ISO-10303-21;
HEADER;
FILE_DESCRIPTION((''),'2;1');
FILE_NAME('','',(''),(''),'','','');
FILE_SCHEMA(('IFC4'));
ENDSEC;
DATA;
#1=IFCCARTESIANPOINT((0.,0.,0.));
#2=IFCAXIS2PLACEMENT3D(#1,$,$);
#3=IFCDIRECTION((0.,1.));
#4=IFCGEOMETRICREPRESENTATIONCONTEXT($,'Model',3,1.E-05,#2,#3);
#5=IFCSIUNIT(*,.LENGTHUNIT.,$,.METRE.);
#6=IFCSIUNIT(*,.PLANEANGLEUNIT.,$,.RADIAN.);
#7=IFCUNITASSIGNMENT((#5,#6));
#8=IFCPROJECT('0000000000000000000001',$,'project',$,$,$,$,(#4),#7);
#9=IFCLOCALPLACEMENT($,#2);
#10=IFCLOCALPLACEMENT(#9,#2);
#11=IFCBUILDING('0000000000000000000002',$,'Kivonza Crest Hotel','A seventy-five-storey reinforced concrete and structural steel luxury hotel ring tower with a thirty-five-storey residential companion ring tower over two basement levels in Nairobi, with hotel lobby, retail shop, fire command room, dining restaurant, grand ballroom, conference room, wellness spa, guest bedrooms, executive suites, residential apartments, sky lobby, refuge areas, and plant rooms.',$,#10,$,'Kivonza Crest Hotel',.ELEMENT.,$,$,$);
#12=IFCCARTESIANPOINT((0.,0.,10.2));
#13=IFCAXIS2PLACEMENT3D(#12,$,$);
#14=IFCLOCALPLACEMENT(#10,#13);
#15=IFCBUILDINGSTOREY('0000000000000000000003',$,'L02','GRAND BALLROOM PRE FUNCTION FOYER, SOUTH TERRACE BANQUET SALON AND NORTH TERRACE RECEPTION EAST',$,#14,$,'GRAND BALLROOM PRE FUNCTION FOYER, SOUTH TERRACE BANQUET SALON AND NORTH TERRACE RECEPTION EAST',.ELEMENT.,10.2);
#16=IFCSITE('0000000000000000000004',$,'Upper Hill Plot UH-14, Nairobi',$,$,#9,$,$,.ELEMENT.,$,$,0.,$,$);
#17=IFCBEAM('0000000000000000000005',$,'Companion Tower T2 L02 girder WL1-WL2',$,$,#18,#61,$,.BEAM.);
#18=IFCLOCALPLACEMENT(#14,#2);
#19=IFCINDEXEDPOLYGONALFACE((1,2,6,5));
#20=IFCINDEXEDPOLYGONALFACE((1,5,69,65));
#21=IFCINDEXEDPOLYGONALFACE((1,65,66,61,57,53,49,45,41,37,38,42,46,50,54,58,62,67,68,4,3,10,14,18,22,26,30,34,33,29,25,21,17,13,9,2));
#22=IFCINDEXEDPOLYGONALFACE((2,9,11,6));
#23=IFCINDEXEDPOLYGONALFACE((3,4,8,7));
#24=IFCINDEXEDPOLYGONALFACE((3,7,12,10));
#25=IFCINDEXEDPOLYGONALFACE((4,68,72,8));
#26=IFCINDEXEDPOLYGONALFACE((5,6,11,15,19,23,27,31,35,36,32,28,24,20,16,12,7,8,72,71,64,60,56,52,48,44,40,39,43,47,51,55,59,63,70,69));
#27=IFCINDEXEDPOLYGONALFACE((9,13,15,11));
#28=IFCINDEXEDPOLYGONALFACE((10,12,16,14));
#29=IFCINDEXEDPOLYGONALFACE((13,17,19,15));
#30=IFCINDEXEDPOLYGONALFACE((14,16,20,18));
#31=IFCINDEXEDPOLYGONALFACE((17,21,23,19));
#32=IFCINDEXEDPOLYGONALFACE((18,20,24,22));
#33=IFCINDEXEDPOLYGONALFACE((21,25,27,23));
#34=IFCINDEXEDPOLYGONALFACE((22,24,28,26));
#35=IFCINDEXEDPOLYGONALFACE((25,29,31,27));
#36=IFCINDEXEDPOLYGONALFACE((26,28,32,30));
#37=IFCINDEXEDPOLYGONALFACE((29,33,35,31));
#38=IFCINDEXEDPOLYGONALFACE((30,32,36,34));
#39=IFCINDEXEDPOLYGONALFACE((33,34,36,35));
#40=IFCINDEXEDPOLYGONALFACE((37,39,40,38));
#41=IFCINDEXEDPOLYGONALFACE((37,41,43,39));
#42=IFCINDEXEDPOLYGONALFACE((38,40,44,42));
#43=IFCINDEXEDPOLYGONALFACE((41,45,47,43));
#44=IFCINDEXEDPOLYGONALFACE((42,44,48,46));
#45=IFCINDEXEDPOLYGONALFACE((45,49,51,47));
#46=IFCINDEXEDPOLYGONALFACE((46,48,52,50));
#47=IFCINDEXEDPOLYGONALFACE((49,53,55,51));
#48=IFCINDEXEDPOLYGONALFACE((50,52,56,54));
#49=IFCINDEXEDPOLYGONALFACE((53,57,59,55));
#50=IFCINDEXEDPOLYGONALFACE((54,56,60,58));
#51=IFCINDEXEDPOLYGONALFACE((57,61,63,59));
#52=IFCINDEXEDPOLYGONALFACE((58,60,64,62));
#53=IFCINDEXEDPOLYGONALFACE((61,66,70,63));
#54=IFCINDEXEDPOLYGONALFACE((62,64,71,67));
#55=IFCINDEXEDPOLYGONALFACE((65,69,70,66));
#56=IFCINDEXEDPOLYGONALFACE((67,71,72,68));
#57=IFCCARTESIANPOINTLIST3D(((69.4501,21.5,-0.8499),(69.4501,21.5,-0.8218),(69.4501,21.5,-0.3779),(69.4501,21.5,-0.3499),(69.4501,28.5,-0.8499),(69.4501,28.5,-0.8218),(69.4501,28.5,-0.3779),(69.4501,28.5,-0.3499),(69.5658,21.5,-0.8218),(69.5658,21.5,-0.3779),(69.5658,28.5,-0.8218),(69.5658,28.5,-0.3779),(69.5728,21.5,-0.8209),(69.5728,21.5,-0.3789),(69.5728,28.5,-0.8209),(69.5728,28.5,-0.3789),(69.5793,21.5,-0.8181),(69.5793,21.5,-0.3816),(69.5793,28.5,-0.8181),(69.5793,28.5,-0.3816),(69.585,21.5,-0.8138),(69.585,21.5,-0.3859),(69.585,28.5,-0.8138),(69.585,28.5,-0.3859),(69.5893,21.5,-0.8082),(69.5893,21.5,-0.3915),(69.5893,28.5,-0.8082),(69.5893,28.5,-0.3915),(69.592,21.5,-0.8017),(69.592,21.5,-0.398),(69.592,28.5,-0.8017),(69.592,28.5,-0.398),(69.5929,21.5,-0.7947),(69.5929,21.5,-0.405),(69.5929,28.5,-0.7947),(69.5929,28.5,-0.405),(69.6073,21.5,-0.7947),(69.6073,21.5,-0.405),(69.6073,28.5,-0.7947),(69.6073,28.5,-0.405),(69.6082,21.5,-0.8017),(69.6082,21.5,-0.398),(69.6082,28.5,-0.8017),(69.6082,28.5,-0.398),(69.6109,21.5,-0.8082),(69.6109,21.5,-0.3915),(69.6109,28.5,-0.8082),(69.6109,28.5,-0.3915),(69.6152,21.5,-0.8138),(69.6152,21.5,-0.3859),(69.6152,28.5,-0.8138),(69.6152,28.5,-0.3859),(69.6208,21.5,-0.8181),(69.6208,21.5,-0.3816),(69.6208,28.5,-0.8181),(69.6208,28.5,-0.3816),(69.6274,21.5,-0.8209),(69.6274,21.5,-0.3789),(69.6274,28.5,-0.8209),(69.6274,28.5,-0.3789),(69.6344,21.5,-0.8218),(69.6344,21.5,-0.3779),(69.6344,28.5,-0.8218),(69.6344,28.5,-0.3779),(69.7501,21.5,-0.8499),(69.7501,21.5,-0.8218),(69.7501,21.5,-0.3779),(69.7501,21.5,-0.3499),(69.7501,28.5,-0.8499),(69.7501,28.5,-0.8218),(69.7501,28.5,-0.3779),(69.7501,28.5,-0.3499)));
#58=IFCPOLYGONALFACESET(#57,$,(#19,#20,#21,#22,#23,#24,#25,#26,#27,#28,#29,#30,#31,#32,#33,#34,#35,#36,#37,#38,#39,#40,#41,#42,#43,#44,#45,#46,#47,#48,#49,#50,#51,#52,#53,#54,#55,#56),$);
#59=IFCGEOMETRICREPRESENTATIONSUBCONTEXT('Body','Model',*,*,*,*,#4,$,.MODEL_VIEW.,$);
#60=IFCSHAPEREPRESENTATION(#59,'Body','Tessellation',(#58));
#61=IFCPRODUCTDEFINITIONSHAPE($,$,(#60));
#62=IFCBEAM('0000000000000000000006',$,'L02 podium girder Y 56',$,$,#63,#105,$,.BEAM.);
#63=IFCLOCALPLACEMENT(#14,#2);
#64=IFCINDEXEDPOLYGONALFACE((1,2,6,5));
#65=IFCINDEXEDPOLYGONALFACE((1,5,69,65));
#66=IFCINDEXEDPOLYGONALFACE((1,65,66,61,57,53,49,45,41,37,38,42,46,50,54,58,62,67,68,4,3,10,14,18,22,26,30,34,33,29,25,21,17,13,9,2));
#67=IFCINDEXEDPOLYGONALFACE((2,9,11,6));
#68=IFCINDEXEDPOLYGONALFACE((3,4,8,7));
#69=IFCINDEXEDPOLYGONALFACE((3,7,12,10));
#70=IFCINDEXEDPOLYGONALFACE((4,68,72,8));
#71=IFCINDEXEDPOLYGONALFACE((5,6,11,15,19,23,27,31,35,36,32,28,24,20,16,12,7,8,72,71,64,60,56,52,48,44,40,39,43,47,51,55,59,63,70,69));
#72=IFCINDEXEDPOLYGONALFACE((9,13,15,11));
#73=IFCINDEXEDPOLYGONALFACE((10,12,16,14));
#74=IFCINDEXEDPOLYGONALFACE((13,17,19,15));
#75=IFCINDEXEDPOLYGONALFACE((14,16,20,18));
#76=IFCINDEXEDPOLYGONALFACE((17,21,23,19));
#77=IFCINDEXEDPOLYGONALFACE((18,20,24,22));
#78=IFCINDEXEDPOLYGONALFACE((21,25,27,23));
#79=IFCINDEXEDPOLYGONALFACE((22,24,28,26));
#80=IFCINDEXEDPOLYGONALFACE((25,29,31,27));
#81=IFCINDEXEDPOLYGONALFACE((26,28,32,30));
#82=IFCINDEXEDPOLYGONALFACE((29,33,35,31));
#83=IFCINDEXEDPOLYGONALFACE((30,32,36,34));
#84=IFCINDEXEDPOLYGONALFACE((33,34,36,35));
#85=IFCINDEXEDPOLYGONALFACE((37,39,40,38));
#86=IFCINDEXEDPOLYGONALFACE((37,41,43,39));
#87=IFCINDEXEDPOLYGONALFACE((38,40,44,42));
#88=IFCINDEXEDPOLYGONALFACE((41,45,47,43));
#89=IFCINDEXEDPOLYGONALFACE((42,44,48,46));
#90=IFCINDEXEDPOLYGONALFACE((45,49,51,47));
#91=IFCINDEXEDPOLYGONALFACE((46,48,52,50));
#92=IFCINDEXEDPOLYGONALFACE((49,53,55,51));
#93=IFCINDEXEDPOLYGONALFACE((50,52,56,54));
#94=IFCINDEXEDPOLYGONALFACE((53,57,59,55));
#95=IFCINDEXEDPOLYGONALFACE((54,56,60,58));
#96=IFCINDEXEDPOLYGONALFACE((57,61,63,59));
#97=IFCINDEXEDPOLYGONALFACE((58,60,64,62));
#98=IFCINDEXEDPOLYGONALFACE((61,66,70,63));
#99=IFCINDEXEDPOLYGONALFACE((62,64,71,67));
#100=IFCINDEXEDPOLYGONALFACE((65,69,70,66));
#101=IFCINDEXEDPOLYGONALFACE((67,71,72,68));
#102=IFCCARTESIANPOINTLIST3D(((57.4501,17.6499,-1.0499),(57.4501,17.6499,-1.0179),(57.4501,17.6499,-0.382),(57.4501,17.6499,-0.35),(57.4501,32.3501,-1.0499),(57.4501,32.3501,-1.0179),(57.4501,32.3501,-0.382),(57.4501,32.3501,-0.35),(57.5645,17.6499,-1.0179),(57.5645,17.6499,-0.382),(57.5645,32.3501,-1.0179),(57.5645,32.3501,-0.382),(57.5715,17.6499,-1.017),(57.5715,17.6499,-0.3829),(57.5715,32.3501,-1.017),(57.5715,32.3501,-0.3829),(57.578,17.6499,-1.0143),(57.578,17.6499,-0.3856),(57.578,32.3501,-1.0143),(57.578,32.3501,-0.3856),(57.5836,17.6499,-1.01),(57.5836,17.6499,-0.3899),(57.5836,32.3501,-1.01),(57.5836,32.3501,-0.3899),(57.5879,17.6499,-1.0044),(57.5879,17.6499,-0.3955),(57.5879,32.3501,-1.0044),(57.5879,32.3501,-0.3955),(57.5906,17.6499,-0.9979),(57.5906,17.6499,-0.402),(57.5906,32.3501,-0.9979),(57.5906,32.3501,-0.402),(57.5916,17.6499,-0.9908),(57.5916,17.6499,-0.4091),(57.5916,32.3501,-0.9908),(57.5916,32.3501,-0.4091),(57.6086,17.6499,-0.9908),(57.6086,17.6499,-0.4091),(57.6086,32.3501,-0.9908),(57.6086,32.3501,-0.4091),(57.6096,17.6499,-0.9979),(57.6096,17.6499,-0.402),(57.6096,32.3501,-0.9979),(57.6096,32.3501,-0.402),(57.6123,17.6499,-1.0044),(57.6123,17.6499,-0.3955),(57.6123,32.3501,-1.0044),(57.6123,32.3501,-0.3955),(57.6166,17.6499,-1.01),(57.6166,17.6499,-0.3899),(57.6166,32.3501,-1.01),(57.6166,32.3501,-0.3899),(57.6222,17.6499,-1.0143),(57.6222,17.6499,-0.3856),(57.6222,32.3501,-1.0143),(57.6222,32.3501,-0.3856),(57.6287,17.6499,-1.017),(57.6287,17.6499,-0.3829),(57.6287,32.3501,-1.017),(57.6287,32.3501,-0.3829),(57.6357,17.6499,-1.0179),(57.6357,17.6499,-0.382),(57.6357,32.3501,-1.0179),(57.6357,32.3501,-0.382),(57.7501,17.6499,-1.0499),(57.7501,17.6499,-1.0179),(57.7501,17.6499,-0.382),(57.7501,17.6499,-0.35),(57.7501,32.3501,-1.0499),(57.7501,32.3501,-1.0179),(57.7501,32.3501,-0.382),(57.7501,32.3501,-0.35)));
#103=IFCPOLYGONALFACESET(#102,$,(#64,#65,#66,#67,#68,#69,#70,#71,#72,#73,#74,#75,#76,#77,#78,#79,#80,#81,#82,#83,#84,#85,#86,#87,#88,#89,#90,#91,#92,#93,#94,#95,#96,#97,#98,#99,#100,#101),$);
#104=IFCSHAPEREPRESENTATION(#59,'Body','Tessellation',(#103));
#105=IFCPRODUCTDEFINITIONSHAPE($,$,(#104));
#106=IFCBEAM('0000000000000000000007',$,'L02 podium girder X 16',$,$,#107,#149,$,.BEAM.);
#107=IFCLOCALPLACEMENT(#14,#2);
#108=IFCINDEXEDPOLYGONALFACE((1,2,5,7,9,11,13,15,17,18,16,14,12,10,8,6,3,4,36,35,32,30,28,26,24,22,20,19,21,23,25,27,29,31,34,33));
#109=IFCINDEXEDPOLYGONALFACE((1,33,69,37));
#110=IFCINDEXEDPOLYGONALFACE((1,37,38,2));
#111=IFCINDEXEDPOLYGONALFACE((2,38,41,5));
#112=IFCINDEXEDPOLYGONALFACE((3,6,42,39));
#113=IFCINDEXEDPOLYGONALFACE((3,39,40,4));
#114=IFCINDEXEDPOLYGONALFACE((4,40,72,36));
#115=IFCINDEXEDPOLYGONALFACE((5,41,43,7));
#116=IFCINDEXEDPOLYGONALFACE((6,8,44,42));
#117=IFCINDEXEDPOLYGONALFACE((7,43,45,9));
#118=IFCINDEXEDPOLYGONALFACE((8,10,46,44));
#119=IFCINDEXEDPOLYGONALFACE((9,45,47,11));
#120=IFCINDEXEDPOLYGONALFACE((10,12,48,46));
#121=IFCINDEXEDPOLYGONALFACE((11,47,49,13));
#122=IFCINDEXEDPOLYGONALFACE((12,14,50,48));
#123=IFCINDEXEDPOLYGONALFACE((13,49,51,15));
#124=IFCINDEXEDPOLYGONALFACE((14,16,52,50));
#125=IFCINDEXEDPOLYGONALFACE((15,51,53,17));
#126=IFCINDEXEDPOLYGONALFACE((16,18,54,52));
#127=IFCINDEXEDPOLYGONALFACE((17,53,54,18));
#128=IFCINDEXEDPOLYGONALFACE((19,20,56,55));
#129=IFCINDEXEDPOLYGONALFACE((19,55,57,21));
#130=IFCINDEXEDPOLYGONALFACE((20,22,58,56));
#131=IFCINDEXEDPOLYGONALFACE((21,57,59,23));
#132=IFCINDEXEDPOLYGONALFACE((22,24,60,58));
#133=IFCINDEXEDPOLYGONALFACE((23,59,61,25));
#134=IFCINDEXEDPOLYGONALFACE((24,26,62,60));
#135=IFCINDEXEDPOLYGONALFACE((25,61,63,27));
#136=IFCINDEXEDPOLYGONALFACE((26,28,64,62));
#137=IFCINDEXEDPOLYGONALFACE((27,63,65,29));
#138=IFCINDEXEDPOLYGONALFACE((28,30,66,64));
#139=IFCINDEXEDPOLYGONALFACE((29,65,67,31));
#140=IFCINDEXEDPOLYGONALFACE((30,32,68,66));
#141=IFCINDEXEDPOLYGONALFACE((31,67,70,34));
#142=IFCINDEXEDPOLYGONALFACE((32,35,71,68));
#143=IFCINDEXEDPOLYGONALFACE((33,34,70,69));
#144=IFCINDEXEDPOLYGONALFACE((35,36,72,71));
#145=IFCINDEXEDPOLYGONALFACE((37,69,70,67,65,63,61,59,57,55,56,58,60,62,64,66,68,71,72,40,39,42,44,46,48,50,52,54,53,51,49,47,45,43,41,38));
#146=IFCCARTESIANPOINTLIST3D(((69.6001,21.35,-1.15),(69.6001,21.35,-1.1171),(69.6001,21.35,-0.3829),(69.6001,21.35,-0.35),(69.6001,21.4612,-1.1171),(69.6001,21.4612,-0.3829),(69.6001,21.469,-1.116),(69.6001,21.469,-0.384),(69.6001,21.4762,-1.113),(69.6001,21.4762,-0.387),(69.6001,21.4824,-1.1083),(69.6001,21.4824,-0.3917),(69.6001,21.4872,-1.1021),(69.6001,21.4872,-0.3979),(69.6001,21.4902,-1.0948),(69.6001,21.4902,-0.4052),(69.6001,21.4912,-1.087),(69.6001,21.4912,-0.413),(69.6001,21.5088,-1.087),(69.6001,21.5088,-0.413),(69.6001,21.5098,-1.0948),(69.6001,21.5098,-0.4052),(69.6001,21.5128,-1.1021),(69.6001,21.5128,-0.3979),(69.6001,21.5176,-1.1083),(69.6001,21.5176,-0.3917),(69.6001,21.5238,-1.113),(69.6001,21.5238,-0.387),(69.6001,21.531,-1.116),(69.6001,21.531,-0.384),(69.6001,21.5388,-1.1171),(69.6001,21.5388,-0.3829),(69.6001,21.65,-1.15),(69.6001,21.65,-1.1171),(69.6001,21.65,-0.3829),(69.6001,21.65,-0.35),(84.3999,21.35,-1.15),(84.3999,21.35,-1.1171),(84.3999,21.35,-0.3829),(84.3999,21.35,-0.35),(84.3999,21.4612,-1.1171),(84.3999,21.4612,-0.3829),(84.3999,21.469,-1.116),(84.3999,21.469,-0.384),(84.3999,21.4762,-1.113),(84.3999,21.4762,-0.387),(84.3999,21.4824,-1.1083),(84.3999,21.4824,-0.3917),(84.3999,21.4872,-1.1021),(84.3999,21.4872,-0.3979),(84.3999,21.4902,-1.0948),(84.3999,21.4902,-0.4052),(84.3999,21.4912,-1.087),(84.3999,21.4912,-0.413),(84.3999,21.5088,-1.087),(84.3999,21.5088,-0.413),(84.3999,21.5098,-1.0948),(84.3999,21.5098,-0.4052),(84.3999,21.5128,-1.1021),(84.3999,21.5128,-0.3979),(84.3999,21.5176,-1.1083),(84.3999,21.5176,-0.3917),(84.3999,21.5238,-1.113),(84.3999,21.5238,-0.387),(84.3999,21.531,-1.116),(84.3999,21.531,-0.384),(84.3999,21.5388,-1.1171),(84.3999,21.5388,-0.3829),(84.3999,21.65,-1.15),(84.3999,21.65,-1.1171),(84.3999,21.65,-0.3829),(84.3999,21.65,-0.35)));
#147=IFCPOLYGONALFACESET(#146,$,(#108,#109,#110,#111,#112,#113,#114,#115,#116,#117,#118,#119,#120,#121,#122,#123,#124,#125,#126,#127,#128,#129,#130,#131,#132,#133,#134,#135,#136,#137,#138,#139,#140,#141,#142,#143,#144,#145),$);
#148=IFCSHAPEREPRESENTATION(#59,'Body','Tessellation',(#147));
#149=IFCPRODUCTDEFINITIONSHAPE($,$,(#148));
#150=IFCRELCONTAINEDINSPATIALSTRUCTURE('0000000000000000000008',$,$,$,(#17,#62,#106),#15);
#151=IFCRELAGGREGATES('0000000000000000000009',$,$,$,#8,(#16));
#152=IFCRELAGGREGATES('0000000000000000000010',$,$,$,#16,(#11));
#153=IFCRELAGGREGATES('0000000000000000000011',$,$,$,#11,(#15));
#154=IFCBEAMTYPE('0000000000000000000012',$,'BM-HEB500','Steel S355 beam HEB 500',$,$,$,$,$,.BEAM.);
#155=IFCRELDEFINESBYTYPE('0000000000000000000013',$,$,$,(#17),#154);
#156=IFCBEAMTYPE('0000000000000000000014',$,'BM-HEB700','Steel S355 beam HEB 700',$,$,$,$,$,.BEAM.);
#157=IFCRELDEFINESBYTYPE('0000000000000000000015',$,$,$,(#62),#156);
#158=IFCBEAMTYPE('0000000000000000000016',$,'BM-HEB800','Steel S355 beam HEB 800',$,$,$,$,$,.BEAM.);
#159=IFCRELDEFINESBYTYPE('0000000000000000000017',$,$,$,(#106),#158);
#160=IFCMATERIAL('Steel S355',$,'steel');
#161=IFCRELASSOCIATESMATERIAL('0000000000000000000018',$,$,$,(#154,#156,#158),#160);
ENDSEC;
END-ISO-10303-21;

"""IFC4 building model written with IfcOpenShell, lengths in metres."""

from ifc_helpers import new_model, si_unit, direction, frame, origin, origin_2d, place, context, subcontext, project, spatial, i_section, extrude, material, material_profile, profile_set, type_object, element, save


model = new_model("IFC4")

# Units and contexts
model_context = context("Model", 3, precision=1e-05, world=origin(), true_north=direction((0.0, 1.0)))
body_context = subcontext(model_context, "Body", "Model", "MODEL_VIEW")
ifc_project = project(units=[si_unit("LENGTHUNIT", "METRE"), si_unit("PLANEANGLEUNIT", "RADIAN")], contexts=[model_context])

# Site, building, storey
site_placement = place(None, origin())
site = spatial("IfcSite", under=ifc_project, at=site_placement, Name="Upper Hill Plot UH-14, Nairobi", CompositionType="ELEMENT", RefElevation=0.0)
building_placement = place(site_placement, origin())
building = spatial("IfcBuilding", under=site, at=building_placement, Name="Kivonza Crest Hotel", Description="A seventy-five-storey reinforced concrete and structural steel luxury hotel ring tower with a thirty-five-storey residential companion ring tower over two basement levels in Nairobi, with hotel lobby, retail shop, fire command room, dining restaurant, grand ballroom, conference room, wellness spa, guest bedrooms, executive suites, residential apartments, sky lobby, refuge areas, and plant rooms.", LongName="Kivonza Crest Hotel", CompositionType="ELEMENT")
storey_placement = place(building_placement, frame((0.0, 0.0, 10.2)))
storey = spatial("IfcBuildingStorey", under=building, at=storey_placement, Name="L02", Description="GRAND BALLROOM PRE FUNCTION FOYER, SOUTH TERRACE BANQUET SALON AND NORTH TERRACE RECEPTION EAST", LongName="GRAND BALLROOM PRE FUNCTION FOYER, SOUTH TERRACE BANQUET SALON AND NORTH TERRACE RECEPTION EAST", CompositionType="ELEMENT", Elevation=10.2)

# Beams
ifc_material_1 = material(Name="Steel S355", Category="steel")
ifc_material_profile_1 = material_profile(ifc_material_1, i_section(OverallWidth=0.3, OverallDepth=0.5, WebThickness=0.0144, FlangeThickness=0.0281, FilletRadius=0.0271, at=origin_2d()), Name="HEB 500")
ifc_profile_set_1 = profile_set([ifc_material_profile_1], Name="Steel S355")
beam_type_1 = type_object("IfcBeamType", Name="BM-HEB500", Description="Steel S355 beam HEB 500", PredefinedType="BEAM", material=ifc_profile_set_1)
beam_1_placement = place(storey_placement, frame((69.6001, 21.5, -0.5999), z_axis=(0.0, 1.0, 0.0), x_axis=(-1.0, 0.0, 0.0)))
element("IfcBeam", 1, at=beam_1_placement, inside=storey, type_object=beam_type_1, Name="Companion Tower T2 L02 girder WL1-WL2", PredefinedType="BEAM", context=body_context, shape_type="SweptSolid", body=[
    extrude(i_section(OverallWidth=0.3, OverallDepth=0.5, WebThickness=0.0144, FlangeThickness=0.0281, FilletRadius=0.0271, at=origin_2d()), origin(), (0.0, 0.0, 1.0), 7.0),
])
ifc_material_profile_2 = material_profile(ifc_material_1, i_section(OverallWidth=0.3, OverallDepth=0.7, WebThickness=0.0171, FlangeThickness=0.032, FilletRadius=0.0271, at=origin_2d()), Name="HEB 700")
ifc_profile_set_2 = profile_set([ifc_material_profile_2], Name="Steel S355")
beam_type_2 = type_object("IfcBeamType", Name="BM-HEB700", Description="Steel S355 beam HEB 700", PredefinedType="BEAM", material=ifc_profile_set_2)
beam_2_placement = place(storey_placement, frame((57.6001, 17.6499, -0.7), z_axis=(0.0, 1.0, 0.0), x_axis=(-1.0, 0.0, 0.0)))
element("IfcBeam", 2, at=beam_2_placement, inside=storey, type_object=beam_type_2, Name="L02 podium girder Y 56", PredefinedType="BEAM", context=body_context, shape_type="SweptSolid", body=[
    extrude(i_section(OverallWidth=0.3, OverallDepth=0.7, WebThickness=0.0171, FlangeThickness=0.032, FilletRadius=0.0271, at=origin_2d()), origin(), (0.0, 0.0, 1.0), 14.7002),
])
ifc_material_profile_3 = material_profile(ifc_material_1, i_section(OverallWidth=0.3, OverallDepth=0.8, WebThickness=0.0176, FlangeThickness=0.033, FilletRadius=0.03, at=origin_2d()), Name="HEB 800")
ifc_profile_set_3 = profile_set([ifc_material_profile_3], Name="Steel S355")
beam_type_3 = type_object("IfcBeamType", Name="BM-HEB800", Description="Steel S355 beam HEB 800", PredefinedType="BEAM", material=ifc_profile_set_3)
beam_3_placement = place(storey_placement, frame((69.6001, 21.5, -0.75), z_axis=(1.0, 0.0, 0.0), x_axis=(0.0, 1.0, 0.0)))
element("IfcBeam", 3, at=beam_3_placement, inside=storey, type_object=beam_type_3, Name="L02 podium girder X 16", PredefinedType="BEAM", context=body_context, shape_type="SweptSolid", body=[
    extrude(i_section(OverallWidth=0.3, OverallDepth=0.8, WebThickness=0.0176, FlangeThickness=0.033, FilletRadius=0.03, at=origin_2d()), origin(), (0.0, 0.0, 1.0), 14.7998),
])

save(model, "model.ifc")
